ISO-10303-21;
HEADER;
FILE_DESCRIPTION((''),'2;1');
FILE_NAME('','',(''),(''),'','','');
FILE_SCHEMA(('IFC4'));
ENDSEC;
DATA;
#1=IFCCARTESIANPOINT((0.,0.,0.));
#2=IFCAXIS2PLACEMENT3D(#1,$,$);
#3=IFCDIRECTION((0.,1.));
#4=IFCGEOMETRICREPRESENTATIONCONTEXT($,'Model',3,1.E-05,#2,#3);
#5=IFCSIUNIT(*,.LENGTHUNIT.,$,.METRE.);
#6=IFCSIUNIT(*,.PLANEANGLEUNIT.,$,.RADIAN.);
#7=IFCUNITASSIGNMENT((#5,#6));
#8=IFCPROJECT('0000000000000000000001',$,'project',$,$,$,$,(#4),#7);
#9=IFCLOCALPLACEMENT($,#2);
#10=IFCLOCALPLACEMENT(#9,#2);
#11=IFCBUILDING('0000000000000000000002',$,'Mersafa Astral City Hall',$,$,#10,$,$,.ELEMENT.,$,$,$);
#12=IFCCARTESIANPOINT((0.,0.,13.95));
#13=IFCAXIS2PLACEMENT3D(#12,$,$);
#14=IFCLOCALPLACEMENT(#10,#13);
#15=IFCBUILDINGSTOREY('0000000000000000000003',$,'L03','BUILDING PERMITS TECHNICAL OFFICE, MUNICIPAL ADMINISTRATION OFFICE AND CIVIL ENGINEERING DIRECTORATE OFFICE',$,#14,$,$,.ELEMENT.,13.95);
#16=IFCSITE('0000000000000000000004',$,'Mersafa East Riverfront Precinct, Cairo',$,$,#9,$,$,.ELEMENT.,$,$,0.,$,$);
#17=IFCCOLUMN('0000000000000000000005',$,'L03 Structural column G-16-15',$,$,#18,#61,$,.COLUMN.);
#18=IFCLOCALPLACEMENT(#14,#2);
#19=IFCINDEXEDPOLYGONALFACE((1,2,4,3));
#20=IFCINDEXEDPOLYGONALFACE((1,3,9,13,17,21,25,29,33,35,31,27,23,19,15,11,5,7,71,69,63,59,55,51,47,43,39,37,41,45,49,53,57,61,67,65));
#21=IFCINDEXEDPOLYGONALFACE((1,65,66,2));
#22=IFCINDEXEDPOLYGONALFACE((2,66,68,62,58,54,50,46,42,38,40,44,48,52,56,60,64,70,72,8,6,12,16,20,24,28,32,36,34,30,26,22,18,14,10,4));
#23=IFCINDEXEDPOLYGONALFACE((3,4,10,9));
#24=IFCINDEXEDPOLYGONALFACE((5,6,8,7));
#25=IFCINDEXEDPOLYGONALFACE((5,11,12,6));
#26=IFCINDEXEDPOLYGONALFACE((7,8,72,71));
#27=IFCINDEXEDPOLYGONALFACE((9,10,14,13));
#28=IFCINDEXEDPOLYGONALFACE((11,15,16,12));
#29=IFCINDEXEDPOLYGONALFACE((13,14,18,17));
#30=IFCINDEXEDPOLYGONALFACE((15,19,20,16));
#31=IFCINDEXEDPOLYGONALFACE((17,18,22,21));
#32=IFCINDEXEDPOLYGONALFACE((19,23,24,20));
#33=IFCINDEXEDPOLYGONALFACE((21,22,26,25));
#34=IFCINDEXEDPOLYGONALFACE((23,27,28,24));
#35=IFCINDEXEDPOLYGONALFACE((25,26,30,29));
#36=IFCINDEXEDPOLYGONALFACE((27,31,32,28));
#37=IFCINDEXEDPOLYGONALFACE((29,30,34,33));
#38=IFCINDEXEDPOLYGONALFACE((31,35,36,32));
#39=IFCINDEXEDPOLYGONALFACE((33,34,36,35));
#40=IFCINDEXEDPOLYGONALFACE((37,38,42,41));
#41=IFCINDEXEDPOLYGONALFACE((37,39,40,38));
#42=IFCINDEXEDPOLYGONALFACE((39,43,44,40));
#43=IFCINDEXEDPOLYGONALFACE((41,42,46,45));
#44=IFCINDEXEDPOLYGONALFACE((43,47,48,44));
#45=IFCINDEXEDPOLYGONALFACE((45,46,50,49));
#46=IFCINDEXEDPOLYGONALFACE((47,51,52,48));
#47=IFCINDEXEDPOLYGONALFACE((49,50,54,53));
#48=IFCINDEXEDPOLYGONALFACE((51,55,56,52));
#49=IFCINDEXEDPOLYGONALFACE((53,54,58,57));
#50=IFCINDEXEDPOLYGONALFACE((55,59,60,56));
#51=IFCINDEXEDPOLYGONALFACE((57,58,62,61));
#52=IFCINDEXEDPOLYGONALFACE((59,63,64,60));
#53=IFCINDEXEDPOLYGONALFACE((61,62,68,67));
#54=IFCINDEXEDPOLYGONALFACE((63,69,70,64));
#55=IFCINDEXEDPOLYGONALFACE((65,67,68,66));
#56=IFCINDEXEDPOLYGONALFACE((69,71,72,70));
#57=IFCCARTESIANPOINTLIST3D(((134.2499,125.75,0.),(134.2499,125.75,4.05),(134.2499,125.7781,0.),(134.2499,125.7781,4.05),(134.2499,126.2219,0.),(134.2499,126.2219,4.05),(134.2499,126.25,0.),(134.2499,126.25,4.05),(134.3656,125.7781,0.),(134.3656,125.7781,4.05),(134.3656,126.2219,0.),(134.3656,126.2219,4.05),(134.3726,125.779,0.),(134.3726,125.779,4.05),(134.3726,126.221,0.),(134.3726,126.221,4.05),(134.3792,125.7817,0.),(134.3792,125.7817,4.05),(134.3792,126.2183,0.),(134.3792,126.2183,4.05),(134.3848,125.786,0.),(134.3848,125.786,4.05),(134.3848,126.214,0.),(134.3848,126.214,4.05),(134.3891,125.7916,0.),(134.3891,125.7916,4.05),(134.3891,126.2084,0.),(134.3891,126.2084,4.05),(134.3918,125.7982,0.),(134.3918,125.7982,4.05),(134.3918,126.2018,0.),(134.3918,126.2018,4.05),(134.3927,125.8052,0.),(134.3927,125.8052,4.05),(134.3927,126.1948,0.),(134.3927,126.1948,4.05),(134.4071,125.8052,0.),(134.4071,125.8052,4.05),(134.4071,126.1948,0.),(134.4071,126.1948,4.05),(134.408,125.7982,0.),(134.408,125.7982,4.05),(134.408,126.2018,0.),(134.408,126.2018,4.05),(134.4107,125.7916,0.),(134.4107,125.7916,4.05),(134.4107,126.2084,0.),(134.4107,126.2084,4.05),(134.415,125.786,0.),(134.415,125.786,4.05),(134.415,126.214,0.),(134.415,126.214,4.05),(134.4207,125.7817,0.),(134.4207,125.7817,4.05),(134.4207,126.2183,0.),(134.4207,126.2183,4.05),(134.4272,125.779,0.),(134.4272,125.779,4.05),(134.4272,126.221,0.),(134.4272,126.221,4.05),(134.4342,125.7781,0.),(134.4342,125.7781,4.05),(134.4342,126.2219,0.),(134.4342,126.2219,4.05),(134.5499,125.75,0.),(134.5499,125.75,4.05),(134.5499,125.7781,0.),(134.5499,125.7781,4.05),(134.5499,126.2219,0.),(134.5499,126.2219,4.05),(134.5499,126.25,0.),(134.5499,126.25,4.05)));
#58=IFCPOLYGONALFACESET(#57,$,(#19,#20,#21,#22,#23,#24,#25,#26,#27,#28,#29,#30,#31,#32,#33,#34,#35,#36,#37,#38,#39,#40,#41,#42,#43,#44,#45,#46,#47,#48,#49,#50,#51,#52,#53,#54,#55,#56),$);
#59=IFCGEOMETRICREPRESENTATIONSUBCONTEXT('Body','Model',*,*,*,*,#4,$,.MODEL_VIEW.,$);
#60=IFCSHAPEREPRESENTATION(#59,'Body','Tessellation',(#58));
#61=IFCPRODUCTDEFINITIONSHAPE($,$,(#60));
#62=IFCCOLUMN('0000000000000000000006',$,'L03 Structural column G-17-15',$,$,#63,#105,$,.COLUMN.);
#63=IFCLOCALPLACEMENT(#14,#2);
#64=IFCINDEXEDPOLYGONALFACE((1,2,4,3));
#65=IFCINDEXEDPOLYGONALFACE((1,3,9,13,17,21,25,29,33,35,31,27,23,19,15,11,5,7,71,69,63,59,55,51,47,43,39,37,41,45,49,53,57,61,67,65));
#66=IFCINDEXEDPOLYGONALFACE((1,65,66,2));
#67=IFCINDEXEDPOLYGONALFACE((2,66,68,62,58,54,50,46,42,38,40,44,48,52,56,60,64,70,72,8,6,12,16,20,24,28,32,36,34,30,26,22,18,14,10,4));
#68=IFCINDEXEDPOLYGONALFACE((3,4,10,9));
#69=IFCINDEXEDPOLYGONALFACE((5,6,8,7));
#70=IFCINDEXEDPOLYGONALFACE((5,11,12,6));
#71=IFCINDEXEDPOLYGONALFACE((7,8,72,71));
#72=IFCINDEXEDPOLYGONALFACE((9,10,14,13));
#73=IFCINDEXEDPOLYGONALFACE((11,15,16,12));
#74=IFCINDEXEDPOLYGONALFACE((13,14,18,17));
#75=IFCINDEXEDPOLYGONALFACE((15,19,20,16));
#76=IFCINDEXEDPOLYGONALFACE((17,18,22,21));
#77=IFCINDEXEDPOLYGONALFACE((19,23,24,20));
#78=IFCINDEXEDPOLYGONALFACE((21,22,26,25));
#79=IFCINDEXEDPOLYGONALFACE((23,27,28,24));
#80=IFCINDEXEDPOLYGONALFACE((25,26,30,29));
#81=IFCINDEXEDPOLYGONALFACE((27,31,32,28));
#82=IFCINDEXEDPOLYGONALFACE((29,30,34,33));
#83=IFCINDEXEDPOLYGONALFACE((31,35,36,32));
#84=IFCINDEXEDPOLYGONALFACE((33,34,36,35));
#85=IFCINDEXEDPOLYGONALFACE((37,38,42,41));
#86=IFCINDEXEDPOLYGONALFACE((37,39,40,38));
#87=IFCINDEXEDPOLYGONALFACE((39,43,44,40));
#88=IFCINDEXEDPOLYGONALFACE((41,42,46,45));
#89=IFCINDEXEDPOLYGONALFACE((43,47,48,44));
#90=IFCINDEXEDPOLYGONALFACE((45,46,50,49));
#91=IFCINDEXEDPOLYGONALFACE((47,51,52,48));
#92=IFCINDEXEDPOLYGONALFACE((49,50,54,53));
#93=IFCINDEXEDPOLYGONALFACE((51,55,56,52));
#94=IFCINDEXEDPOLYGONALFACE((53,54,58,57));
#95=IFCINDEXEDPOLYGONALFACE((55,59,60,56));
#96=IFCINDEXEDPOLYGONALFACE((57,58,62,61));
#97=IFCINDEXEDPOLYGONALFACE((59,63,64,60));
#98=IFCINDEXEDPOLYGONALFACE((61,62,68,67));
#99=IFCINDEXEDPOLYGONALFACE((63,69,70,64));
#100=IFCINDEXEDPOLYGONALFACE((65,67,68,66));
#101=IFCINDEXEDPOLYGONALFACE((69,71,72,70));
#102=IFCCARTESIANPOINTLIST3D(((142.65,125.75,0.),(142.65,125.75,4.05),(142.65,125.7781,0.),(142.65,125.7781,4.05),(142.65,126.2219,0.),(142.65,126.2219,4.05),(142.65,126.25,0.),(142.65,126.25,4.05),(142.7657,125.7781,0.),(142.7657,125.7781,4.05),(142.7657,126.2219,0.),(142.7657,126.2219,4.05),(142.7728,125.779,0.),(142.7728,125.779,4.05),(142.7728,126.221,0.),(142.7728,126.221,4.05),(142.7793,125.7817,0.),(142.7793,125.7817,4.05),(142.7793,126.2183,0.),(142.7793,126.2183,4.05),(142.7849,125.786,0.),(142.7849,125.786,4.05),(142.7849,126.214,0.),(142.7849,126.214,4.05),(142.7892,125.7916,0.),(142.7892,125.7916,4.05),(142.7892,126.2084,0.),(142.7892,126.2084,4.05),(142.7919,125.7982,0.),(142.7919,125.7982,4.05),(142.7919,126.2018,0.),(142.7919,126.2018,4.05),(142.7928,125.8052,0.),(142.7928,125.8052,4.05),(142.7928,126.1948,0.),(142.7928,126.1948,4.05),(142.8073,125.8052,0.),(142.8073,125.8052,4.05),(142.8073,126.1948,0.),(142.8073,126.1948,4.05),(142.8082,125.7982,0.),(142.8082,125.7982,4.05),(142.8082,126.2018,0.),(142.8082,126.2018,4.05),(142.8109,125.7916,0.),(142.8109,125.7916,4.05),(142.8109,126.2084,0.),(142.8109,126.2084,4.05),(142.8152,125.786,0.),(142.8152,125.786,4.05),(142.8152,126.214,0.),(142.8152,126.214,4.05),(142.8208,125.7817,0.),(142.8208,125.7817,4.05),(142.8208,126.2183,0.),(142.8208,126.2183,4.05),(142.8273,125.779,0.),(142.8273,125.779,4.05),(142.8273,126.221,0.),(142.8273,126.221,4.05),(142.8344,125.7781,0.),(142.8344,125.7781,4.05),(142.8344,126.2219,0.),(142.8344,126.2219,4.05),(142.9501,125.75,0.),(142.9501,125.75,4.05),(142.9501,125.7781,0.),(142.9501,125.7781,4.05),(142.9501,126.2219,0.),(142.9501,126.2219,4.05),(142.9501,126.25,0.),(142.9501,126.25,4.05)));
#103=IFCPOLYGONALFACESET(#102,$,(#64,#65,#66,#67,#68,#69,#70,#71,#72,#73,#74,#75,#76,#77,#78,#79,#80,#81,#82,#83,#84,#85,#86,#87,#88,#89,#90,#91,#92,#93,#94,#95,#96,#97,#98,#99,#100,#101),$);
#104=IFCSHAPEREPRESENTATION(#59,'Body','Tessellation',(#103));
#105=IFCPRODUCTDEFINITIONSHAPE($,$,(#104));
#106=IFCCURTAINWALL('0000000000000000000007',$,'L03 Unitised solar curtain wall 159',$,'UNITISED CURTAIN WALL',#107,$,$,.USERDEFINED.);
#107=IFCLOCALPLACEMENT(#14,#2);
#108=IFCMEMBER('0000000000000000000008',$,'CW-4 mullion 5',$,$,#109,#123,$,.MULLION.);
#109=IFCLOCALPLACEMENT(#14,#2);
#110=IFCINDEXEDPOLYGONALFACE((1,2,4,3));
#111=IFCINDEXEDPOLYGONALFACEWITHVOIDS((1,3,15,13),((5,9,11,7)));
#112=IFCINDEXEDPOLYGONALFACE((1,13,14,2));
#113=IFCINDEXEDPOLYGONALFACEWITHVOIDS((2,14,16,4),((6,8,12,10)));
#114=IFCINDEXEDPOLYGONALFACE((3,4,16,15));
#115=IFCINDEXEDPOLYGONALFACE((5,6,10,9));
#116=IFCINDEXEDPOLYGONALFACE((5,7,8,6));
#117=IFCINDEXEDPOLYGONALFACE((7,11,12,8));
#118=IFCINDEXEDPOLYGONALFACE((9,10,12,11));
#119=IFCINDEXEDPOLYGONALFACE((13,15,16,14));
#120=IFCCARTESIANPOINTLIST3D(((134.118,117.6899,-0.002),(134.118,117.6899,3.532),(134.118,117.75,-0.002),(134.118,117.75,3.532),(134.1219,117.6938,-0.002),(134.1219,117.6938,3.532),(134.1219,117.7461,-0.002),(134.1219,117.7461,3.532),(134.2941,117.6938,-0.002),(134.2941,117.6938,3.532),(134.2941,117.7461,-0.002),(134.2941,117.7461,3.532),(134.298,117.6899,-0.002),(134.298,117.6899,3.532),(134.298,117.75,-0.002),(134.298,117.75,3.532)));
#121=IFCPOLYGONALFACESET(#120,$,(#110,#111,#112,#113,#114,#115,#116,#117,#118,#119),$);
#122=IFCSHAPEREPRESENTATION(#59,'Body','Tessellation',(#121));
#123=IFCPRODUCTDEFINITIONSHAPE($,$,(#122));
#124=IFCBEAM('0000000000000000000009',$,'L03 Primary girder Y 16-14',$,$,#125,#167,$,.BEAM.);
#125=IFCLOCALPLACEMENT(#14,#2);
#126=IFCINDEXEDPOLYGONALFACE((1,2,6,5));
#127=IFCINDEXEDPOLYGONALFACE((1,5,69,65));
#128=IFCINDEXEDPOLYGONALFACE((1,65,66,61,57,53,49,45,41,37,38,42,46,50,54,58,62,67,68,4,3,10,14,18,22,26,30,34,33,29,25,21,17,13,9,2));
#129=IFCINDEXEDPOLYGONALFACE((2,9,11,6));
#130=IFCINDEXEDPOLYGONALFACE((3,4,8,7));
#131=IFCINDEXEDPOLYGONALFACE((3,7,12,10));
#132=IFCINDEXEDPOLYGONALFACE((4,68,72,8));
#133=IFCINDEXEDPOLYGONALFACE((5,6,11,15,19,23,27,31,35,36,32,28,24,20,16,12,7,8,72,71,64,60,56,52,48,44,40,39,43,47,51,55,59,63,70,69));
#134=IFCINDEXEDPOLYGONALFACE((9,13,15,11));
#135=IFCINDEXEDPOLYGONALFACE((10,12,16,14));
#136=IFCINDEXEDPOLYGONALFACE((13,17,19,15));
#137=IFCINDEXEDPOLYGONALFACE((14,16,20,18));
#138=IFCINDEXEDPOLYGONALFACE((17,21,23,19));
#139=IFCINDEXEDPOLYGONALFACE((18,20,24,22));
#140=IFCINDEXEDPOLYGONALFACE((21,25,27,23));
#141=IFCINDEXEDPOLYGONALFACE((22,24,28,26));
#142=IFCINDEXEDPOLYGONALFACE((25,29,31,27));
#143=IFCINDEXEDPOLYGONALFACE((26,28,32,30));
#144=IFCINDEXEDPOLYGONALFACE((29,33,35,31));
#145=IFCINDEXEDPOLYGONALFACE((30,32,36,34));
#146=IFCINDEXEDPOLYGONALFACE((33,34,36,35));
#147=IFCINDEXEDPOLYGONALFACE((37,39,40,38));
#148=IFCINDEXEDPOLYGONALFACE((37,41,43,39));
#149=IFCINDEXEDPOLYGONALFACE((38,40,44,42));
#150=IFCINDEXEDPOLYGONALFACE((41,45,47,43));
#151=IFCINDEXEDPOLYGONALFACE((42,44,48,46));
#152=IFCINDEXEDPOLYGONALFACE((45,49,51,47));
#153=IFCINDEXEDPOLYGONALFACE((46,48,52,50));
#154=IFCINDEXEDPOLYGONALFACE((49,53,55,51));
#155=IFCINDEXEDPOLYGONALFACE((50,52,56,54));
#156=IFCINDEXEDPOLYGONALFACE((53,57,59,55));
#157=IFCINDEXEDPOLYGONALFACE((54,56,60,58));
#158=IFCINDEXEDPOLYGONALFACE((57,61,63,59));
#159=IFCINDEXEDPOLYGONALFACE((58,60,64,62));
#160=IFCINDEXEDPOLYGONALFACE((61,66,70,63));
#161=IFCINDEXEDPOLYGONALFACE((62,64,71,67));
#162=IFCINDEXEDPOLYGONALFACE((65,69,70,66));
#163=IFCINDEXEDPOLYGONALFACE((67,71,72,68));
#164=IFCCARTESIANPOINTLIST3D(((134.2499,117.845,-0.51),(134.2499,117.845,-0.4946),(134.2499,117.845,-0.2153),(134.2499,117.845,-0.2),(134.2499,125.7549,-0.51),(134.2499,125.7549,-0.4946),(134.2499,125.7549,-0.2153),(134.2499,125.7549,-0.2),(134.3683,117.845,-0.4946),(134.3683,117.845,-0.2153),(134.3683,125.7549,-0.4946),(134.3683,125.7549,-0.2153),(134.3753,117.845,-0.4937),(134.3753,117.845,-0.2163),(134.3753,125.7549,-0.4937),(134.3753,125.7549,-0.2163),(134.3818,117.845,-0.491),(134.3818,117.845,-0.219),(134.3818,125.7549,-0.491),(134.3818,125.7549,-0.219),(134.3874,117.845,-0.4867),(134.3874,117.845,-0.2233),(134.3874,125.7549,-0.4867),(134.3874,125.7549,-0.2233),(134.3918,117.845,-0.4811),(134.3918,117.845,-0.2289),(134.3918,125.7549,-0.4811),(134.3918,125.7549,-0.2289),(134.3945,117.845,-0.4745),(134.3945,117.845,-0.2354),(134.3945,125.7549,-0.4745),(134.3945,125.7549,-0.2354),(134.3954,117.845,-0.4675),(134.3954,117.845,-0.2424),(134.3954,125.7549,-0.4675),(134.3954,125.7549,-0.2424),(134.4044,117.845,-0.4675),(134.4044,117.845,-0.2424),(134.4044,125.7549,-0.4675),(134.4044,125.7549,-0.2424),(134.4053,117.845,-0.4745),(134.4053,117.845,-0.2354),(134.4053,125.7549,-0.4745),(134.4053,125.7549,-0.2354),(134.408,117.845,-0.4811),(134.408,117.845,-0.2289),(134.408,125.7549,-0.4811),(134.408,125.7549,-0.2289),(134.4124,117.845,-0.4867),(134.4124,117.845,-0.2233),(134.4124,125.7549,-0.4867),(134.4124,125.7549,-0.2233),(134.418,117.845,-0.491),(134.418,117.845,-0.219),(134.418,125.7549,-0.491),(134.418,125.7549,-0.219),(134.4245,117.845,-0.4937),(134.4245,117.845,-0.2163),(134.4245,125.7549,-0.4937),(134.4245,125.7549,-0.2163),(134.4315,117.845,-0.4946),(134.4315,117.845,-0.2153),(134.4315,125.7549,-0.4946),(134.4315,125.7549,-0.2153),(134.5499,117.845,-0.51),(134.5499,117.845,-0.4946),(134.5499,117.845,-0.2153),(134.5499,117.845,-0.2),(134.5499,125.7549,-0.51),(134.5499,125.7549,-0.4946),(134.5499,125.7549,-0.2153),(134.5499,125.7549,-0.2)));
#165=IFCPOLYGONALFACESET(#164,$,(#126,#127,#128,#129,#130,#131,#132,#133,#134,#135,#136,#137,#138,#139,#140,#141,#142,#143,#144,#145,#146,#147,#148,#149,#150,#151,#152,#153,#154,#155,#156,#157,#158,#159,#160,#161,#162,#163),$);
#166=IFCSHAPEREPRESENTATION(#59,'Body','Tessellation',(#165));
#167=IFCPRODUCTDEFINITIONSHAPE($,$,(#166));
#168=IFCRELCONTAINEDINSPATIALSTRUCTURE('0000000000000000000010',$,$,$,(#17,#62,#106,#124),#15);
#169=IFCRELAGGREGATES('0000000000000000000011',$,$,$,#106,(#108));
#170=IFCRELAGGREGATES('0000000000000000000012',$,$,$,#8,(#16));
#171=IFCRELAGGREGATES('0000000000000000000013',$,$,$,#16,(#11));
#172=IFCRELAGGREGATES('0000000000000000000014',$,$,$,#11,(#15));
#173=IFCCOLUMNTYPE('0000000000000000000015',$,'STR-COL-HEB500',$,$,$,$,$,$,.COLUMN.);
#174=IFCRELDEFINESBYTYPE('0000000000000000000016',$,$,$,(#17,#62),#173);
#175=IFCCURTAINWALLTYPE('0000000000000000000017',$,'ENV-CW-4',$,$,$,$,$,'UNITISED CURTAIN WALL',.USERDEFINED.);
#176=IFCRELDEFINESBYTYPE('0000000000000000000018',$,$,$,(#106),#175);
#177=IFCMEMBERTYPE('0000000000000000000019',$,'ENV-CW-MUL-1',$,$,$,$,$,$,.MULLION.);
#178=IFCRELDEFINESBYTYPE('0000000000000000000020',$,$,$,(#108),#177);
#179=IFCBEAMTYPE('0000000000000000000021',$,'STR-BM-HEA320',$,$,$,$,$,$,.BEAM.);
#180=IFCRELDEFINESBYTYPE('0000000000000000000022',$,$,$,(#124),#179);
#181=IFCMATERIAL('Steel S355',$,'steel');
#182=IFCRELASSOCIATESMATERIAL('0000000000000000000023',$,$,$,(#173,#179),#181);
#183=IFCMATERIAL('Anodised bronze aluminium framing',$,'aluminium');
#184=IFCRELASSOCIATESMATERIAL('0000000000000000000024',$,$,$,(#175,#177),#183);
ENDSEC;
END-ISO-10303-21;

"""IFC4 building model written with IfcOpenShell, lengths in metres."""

from ifc_helpers import new_model, si_unit, direction, frame, origin, origin_2d, place, context, subcontext, project, spatial, hollow_rectangle, i_section, extrude, material, material_profile, profile_set, type_object, element, aggregate, save


model = new_model("IFC4")

# Units and contexts
model_context = context("Model", 3, precision=1e-05, world=origin(), true_north=direction((0.0, 1.0)))
body_context = subcontext(model_context, "Body", "Model", "MODEL_VIEW")
ifc_project = project(units=[si_unit("LENGTHUNIT", "METRE"), si_unit("PLANEANGLEUNIT", "RADIAN")], contexts=[model_context])

# Site, building, storey
site_placement = place(None, origin())
site = spatial("IfcSite", under=ifc_project, at=site_placement, Name="Mersafa East Riverfront Precinct, Cairo", CompositionType="ELEMENT", RefElevation=0.0)
building_placement = place(site_placement, origin())
building = spatial("IfcBuilding", under=site, at=building_placement, Name="Mersafa Astral City Hall", CompositionType="ELEMENT")
storey_placement = place(building_placement, frame((0.0, 0.0, 13.95)))
storey = spatial("IfcBuildingStorey", under=building, at=storey_placement, Name="L03", Description="BUILDING PERMITS TECHNICAL OFFICE, MUNICIPAL ADMINISTRATION OFFICE AND CIVIL ENGINEERING DIRECTORATE OFFICE", CompositionType="ELEMENT", Elevation=13.95)

# Columns
ifc_material_1 = material(Name="Steel S355", Category="steel")
ifc_material_profile_1 = material_profile(ifc_material_1, i_section(OverallWidth=0.3, OverallDepth=0.5, WebThickness=0.0144, FlangeThickness=0.0281, FilletRadius=0.0271, at=origin_2d()), Name="HEB 500")
ifc_profile_set_1 = profile_set([ifc_material_profile_1], Name="Steel S355")
column_type = type_object("IfcColumnType", Name="STR-COL-HEB500", PredefinedType="COLUMN", material=ifc_profile_set_1)
for number, where, z_axis, x_axis, name in (
    (1, (134.3999, 126.0, 0.0), (0.0, 0.0, 1.0), (1.0, 0.0, 0.0), "L03 Structural column G-16-15"),
    (2, (142.8, 126.0, 0.0), (0.0, 0.0, 1.0), (1.0, 0.0, 0.0), "L03 Structural column G-17-15"),
):
    element("IfcColumn", number, at=place(storey_placement, frame(where, z_axis=z_axis, x_axis=x_axis)), inside=storey, type_object=column_type, Name=name, PredefinedType="COLUMN", context=body_context, shape_type="SweptSolid", body=[
        extrude(i_section(OverallWidth=0.3, OverallDepth=0.5, WebThickness=0.0144, FlangeThickness=0.0281, FilletRadius=0.0271, at=origin_2d()), origin(), (0.0, 0.0, 1.0), 4.05),
    ])

# Curtain wall, member
ifc_material_2 = material(Name="Anodised bronze aluminium framing", Category="aluminium")
curtain_wall_type = type_object("IfcCurtainWallType", Name="ENV-CW-4", ElementType="UNITISED CURTAIN WALL", PredefinedType="USERDEFINED", material=ifc_material_2)
curtain_wall_placement = place(storey_placement, origin())
curtain_wall = element("IfcCurtainWall", 3, at=curtain_wall_placement, inside=storey, type_object=curtain_wall_type, Name="L03 Unitised solar curtain wall 159", ObjectType="UNITISED CURTAIN WALL", PredefinedType="USERDEFINED")
ifc_material_profile_2 = material_profile(ifc_material_2, hollow_rectangle(XDim=0.0601, YDim=0.1799, WallThickness=0.0039, at=origin_2d()), Name="RHS 60x180x4")
ifc_profile_set_2 = profile_set([ifc_material_profile_2], Name="Anodised bronze aluminium framing")
member_type_1 = type_object("IfcMemberType", Name="ENV-CW-MUL-1", PredefinedType="MULLION", material=ifc_profile_set_2)
member_placement = place(storey_placement, frame((134.208, 117.72, -0.002), z_axis=(0.0, 0.0, 1.0), x_axis=(0.0, 1.0, 0.0)))
member = element("IfcMember", 4, at=member_placement, type_object=member_type_1, Name="CW-4 mullion 5", PredefinedType="MULLION", context=body_context, shape_type="SweptSolid", body=[
    extrude(hollow_rectangle(XDim=0.0601, YDim=0.1799, WallThickness=0.0039, at=origin_2d()), origin(), (0.0, 0.0, 1.0), 3.5339),
])

# Beam
ifc_material_profile_3 = material_profile(ifc_material_1, i_section(OverallWidth=0.3, OverallDepth=0.3101, WebThickness=0.009, FlangeThickness=0.0154, FilletRadius=0.0271, at=origin_2d()), Name="HEA 320")
ifc_profile_set_3 = profile_set([ifc_material_profile_3], Name="Steel S355")
beam_type_1 = type_object("IfcBeamType", Name="STR-BM-HEA320", PredefinedType="BEAM", material=ifc_profile_set_3)
beam_1_placement = place(storey_placement, frame((134.3999, 117.845, -0.355), z_axis=(0.0, 1.0, 0.0), x_axis=(-1.0, 0.0, 0.0)))
element("IfcBeam", 5, at=beam_1_placement, inside=storey, type_object=beam_type_1, Name="L03 Primary girder Y 16-14", PredefinedType="BEAM", context=body_context, shape_type="SweptSolid", body=[
    extrude(i_section(OverallWidth=0.3, OverallDepth=0.3101, WebThickness=0.009, FlangeThickness=0.0154, FilletRadius=0.0271, at=origin_2d()), origin(), (0.0, 0.0, 1.0), 7.9099),
])

aggregate(curtain_wall, [member])

save(model, "model.ifc")
